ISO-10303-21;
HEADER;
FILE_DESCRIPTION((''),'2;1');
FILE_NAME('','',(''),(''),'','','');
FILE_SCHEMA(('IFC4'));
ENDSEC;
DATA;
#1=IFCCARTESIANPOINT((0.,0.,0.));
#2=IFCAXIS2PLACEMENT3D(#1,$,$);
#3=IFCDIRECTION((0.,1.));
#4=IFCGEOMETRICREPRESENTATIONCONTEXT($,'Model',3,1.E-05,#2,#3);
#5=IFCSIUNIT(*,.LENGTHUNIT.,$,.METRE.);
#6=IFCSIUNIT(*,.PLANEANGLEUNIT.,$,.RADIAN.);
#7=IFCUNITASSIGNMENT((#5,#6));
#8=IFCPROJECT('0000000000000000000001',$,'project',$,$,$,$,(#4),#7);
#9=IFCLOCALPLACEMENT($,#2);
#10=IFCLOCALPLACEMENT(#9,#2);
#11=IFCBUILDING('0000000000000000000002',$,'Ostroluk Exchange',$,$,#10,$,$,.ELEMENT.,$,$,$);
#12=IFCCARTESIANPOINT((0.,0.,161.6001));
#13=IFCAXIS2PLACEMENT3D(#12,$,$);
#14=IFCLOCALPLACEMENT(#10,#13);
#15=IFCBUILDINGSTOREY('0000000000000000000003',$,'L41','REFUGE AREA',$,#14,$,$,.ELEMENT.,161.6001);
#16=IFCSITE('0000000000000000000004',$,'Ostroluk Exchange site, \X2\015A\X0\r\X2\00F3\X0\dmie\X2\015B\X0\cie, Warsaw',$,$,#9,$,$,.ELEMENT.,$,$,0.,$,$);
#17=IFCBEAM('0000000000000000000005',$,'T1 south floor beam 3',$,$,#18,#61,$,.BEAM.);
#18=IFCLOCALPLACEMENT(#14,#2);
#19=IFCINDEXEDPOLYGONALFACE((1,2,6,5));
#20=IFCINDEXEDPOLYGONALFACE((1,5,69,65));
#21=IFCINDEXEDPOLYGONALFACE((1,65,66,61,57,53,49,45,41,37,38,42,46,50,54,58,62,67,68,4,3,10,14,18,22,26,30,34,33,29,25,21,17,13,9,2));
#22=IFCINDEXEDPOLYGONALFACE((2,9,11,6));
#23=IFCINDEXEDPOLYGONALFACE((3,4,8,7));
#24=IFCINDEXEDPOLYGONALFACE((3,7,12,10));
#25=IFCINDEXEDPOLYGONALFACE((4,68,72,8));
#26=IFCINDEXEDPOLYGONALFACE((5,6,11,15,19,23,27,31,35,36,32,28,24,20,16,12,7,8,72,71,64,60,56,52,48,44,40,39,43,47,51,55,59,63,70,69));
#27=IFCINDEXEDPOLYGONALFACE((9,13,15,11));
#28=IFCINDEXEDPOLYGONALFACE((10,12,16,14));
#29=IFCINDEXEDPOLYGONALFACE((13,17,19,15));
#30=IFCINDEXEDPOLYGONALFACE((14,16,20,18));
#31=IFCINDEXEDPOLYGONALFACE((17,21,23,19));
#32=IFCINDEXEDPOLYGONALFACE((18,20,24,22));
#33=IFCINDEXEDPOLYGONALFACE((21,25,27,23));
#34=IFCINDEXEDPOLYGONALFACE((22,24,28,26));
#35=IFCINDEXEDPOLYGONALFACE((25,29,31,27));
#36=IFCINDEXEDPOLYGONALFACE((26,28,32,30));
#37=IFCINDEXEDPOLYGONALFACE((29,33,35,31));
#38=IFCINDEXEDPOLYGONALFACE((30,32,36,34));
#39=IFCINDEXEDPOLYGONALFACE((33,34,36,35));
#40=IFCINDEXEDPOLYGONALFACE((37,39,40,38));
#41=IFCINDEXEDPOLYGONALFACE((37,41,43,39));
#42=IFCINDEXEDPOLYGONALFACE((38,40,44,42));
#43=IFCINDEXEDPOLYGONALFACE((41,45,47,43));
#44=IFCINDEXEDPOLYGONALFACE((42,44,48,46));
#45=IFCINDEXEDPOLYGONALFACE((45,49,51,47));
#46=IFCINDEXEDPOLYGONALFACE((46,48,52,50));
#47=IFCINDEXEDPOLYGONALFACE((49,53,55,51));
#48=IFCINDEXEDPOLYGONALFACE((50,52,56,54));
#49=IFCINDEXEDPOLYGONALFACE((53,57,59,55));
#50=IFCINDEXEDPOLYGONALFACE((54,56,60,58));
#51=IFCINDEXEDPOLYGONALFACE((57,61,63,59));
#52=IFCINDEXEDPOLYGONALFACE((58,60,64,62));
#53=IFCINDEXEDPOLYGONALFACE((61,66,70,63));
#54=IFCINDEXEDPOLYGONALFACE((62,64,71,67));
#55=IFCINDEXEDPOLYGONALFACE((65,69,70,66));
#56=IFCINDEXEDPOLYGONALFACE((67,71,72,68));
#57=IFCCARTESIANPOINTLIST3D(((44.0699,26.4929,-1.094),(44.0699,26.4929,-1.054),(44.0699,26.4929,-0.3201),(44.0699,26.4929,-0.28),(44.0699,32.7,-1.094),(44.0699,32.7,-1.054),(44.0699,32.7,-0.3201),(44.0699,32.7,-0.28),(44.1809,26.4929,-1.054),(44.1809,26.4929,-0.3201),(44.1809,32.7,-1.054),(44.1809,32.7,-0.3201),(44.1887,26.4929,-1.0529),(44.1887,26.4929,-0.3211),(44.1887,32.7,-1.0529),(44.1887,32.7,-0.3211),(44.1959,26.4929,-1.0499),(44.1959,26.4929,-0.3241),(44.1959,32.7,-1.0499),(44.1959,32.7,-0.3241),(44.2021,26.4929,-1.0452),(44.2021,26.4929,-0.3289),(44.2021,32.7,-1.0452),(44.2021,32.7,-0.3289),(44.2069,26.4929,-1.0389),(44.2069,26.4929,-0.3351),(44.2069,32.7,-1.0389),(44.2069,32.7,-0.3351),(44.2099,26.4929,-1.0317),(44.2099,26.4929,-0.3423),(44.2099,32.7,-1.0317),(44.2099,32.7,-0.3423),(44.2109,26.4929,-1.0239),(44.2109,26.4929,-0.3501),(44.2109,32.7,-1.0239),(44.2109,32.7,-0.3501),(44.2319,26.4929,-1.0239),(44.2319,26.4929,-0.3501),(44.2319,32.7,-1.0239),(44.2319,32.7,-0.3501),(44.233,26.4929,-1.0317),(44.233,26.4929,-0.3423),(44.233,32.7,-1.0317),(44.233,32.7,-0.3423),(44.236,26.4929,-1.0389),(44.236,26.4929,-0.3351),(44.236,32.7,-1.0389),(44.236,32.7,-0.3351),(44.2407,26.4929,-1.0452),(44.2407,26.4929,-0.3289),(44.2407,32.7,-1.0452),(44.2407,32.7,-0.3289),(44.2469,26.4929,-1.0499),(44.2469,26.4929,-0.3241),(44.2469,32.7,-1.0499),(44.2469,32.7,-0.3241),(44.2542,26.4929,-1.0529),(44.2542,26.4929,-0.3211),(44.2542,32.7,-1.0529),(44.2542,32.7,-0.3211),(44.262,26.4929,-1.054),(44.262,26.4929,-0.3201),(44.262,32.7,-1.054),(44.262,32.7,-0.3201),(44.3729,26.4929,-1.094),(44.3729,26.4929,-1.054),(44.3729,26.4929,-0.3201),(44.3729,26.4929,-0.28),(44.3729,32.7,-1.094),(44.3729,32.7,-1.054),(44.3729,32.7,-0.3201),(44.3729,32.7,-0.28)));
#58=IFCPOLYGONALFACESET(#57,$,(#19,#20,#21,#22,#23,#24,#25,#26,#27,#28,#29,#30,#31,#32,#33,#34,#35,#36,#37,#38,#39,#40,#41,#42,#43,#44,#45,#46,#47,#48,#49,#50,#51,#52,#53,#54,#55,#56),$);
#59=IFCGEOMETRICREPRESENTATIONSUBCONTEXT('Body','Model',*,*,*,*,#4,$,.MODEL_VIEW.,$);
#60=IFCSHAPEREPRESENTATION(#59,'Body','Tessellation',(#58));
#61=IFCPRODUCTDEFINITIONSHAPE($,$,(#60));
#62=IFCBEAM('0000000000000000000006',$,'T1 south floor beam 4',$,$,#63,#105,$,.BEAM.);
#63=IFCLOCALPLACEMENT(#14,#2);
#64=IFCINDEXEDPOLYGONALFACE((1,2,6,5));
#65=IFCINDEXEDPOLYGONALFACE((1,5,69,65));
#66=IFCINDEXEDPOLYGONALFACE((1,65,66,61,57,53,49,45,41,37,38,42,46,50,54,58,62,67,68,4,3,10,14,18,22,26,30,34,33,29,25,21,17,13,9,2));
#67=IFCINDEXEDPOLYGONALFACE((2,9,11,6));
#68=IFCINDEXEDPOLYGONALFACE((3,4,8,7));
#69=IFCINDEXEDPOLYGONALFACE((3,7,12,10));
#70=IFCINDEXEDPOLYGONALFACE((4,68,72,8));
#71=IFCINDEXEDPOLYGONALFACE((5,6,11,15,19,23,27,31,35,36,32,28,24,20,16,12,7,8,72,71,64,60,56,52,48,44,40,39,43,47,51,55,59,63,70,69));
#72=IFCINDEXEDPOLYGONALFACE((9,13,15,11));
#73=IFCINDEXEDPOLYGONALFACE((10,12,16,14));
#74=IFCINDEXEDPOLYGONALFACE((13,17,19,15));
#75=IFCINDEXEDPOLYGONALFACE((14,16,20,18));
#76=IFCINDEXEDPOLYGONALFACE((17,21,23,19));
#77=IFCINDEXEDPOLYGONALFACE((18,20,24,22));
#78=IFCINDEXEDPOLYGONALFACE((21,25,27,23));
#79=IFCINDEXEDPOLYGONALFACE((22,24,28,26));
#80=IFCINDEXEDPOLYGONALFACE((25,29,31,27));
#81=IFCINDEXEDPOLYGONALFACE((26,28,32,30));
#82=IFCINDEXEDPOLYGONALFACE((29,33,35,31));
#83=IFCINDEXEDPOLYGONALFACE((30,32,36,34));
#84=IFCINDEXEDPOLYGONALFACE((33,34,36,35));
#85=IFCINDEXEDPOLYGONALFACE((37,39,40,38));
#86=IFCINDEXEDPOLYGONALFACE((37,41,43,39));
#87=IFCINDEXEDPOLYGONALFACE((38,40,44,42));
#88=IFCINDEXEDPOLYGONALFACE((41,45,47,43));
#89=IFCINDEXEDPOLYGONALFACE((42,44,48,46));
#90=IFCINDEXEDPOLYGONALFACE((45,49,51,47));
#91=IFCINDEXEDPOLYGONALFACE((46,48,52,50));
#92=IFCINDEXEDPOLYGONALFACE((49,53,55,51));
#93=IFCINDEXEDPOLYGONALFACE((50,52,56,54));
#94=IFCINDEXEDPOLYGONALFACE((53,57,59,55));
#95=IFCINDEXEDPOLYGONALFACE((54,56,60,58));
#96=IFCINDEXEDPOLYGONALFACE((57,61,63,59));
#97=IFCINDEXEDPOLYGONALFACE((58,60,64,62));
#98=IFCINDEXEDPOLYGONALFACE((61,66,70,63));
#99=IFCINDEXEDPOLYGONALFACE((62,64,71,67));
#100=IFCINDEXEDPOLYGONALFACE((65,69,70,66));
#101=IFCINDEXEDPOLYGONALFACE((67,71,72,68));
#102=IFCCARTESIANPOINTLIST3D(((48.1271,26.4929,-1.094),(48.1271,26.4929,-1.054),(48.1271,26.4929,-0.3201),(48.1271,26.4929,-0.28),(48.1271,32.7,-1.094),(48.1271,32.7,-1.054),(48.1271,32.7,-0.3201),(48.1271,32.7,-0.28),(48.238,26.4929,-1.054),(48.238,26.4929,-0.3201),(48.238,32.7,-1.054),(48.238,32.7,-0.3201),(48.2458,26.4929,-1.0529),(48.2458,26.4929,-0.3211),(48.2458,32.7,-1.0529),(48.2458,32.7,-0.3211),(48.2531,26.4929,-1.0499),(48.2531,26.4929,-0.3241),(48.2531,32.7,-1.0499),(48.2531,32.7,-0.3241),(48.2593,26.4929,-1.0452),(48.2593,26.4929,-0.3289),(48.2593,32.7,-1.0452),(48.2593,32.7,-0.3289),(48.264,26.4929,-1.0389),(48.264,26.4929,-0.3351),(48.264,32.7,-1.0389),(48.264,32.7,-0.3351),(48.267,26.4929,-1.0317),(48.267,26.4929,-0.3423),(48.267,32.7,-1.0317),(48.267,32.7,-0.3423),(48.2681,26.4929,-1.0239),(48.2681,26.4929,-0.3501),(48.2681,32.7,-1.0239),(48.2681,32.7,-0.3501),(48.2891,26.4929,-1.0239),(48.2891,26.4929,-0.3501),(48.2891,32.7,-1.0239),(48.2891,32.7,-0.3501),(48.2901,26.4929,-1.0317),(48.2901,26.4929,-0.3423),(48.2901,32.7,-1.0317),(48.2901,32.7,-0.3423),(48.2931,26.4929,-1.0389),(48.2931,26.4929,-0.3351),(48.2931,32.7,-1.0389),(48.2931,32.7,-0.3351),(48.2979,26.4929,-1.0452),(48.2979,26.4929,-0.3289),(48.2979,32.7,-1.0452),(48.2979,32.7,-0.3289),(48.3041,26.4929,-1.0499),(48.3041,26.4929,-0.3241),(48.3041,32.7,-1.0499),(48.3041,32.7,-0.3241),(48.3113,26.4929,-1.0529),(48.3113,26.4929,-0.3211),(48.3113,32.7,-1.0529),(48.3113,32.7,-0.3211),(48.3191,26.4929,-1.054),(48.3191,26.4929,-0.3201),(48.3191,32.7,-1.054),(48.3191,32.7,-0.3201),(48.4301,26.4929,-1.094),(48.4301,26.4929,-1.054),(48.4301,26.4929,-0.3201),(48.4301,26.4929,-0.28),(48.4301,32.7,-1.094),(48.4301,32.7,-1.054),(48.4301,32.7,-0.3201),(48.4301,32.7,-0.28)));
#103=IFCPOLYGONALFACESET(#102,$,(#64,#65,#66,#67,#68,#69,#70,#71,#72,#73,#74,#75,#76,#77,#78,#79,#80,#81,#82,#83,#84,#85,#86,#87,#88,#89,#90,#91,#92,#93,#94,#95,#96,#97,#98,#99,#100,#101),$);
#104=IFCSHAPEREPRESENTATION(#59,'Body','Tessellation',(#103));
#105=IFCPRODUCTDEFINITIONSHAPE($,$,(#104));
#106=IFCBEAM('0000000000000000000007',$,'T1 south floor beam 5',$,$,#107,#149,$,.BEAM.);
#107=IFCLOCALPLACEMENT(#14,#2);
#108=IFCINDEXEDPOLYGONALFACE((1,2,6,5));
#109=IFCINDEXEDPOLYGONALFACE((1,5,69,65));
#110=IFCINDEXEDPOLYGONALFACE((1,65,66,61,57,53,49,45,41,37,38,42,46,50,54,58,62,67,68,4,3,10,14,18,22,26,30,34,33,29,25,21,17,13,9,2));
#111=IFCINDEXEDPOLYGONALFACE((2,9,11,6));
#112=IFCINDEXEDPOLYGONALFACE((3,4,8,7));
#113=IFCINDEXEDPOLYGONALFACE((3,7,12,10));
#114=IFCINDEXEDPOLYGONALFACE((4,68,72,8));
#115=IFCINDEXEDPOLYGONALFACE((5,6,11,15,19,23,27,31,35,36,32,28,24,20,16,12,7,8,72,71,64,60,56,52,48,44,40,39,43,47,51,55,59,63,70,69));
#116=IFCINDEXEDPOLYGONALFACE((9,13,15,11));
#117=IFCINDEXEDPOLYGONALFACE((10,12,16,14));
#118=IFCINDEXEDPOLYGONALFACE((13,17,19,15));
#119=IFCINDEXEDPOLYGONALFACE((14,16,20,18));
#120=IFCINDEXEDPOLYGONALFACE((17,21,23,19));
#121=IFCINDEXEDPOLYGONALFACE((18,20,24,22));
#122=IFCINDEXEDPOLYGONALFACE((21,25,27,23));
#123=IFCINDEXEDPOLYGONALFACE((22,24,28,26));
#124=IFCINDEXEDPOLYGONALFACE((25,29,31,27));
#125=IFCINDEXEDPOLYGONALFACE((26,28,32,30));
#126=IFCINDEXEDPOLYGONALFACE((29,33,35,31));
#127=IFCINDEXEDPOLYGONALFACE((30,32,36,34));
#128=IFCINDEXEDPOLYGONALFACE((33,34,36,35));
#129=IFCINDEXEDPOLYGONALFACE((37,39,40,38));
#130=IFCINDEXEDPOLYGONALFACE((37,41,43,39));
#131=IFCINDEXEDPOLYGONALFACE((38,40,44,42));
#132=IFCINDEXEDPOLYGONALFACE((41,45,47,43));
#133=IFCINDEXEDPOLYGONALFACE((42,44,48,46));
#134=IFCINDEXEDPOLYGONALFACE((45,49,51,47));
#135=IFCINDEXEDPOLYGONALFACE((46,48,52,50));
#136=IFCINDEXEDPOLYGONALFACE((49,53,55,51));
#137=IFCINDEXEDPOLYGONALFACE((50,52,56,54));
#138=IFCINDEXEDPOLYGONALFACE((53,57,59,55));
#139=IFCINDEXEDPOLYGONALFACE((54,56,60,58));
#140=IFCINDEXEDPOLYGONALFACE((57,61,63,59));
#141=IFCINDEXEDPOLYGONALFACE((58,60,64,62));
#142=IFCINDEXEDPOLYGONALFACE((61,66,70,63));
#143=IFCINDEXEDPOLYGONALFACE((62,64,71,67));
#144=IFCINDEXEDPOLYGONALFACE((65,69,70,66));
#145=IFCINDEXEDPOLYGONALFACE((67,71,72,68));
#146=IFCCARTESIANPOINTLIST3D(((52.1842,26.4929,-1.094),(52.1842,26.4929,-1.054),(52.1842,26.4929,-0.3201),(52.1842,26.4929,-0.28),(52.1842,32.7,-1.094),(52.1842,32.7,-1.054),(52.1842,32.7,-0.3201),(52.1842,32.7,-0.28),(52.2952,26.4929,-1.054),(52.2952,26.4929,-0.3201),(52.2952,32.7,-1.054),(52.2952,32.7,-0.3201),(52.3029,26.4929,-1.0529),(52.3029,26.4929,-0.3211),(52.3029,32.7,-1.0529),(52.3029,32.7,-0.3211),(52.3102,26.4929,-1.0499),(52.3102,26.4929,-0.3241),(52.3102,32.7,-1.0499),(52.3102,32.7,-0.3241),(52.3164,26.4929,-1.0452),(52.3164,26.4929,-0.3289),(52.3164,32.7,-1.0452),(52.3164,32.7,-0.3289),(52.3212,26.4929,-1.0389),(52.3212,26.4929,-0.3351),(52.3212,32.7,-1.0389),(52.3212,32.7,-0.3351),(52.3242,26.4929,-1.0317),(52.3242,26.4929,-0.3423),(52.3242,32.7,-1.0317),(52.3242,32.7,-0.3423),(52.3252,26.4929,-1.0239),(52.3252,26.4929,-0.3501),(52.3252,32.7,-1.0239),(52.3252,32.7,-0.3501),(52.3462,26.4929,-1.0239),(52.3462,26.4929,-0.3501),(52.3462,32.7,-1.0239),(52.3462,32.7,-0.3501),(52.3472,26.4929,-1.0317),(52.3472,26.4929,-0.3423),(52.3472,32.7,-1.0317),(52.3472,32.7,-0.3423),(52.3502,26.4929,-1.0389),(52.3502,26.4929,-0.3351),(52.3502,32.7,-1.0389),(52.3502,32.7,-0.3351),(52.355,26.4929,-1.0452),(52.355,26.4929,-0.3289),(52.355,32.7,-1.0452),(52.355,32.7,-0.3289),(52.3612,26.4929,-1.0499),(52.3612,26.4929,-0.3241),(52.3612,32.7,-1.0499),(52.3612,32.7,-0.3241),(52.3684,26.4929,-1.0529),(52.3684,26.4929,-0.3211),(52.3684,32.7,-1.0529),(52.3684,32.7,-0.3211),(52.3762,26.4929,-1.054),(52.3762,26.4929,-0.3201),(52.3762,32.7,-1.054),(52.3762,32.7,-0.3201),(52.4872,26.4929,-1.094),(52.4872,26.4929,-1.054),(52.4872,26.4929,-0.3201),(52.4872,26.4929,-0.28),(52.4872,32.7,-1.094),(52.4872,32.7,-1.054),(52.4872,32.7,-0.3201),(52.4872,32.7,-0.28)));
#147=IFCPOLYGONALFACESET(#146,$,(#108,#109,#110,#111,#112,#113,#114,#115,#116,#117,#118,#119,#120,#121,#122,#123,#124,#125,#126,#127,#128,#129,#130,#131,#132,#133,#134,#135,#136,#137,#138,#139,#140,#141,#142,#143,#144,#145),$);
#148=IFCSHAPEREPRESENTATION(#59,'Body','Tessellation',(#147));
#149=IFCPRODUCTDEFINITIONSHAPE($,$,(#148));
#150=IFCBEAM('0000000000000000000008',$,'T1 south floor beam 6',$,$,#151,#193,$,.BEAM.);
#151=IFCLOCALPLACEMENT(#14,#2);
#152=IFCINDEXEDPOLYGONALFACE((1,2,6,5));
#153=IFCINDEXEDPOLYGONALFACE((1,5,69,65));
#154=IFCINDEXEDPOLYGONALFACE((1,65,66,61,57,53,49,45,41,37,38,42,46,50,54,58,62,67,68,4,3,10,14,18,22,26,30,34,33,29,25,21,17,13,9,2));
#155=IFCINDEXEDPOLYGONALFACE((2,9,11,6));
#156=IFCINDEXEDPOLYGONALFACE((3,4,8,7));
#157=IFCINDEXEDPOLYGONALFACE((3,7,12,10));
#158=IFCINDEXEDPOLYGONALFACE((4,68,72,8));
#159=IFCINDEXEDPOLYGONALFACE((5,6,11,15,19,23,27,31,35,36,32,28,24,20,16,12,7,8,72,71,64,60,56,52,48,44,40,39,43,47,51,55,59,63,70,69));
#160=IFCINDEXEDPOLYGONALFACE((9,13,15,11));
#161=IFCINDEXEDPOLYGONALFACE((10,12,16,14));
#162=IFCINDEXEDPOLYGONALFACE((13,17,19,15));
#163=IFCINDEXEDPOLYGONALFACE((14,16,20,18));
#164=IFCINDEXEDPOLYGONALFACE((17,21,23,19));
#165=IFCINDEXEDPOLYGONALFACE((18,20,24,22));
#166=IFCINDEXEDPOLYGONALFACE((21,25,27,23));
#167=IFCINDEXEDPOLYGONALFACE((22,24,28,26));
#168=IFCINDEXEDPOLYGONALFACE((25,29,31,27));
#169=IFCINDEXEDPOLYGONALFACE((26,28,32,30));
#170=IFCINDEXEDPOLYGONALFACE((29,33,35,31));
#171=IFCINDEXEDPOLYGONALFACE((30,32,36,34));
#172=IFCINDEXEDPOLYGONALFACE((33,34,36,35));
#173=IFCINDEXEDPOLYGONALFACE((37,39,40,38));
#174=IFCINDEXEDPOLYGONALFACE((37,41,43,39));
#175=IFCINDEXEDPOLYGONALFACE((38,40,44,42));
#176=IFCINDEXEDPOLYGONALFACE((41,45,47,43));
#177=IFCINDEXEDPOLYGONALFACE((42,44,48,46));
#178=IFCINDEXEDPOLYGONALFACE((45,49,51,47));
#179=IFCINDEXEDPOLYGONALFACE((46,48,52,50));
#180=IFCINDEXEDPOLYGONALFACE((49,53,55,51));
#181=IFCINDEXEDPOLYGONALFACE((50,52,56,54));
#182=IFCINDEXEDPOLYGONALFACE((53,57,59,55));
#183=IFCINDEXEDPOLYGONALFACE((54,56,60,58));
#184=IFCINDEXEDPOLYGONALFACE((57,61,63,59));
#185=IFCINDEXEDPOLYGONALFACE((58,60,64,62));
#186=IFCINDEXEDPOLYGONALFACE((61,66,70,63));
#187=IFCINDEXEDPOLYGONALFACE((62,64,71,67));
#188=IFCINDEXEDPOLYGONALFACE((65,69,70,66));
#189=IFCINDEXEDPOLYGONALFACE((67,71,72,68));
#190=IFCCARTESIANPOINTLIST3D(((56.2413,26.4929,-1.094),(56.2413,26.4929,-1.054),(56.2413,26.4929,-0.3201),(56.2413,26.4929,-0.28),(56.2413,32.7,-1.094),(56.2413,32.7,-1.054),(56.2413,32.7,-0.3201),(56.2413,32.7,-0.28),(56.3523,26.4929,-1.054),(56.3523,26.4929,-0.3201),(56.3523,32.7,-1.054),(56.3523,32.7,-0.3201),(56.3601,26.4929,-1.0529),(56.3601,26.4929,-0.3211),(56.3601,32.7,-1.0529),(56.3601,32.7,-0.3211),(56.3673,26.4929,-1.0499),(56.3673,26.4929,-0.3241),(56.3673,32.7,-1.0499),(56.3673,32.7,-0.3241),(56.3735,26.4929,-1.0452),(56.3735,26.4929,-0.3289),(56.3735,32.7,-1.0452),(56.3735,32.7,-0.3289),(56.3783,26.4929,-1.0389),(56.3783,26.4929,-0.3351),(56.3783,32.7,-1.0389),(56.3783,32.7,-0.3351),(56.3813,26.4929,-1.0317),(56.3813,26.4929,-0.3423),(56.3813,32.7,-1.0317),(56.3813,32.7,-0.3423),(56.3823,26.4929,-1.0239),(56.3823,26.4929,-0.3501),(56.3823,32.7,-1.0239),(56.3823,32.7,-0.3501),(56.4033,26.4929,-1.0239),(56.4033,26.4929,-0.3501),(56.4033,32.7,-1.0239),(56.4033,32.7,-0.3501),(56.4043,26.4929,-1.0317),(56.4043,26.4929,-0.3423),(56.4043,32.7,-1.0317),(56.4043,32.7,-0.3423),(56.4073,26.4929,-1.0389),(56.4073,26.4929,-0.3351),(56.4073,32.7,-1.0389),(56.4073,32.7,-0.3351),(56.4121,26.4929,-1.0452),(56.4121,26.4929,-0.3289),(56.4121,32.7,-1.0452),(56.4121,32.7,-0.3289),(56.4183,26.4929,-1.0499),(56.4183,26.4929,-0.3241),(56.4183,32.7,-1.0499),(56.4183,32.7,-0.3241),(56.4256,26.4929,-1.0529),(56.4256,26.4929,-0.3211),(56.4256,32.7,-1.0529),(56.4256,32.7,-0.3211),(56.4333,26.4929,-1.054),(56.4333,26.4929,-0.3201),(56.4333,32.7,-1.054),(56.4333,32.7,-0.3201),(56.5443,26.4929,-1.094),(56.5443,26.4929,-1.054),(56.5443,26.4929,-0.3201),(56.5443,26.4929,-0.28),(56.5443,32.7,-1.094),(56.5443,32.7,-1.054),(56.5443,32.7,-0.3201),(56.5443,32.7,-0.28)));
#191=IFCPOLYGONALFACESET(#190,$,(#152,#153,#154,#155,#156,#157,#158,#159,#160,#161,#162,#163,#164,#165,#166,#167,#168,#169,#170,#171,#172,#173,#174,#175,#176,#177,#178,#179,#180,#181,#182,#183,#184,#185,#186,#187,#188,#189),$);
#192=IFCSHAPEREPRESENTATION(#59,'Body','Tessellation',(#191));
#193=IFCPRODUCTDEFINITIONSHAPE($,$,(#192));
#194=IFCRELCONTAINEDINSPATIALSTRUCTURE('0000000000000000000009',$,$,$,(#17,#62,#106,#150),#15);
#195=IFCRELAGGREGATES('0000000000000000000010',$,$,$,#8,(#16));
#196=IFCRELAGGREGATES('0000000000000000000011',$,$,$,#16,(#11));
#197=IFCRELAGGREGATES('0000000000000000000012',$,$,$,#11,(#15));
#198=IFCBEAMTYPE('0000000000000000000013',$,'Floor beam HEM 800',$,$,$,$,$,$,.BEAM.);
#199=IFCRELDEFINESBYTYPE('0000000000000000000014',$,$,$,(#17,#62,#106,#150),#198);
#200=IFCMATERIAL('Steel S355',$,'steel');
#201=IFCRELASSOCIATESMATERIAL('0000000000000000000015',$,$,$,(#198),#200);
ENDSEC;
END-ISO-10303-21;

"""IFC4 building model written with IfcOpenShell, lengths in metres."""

from ifc_helpers import new_model, si_unit, direction, frame, origin, origin_2d, place, context, subcontext, project, spatial, i_section, extrude, material, material_profile, profile_set, type_object, element, save


model = new_model("IFC4")

# Units and contexts
model_context = context("Model", 3, precision=1e-05, world=origin(), true_north=direction((0.0, 1.0)))
body_context = subcontext(model_context, "Body", "Model", "MODEL_VIEW")
ifc_project = project(units=[si_unit("LENGTHUNIT", "METRE"), si_unit("PLANEANGLEUNIT", "RADIAN")], contexts=[model_context])

# Site, building, storey
site_placement = place(None, origin())
site = spatial("IfcSite", under=ifc_project, at=site_placement, Name="Ostroluk Exchange site, Śródmieście, Warsaw", CompositionType="ELEMENT", RefElevation=0.0)
building_placement = place(site_placement, origin())
building = spatial("IfcBuilding", under=site, at=building_placement, Name="Ostroluk Exchange", CompositionType="ELEMENT")
storey_placement = place(building_placement, frame((0.0, 0.0, 161.6001)))
storey = spatial("IfcBuildingStorey", under=building, at=storey_placement, Name="L41", Description="REFUGE AREA", CompositionType="ELEMENT", Elevation=161.6001)

# Beams
ifc_material_1 = material(Name="Steel S355", Category="steel")
ifc_material_profile_1 = material_profile(ifc_material_1, i_section(OverallWidth=0.303, OverallDepth=0.814, WebThickness=0.021, FlangeThickness=0.04, FilletRadius=0.03, at=origin_2d()), Name="HEM 800")
ifc_profile_set_1 = profile_set([ifc_material_profile_1], Name="Steel S355")
beam_type_1 = type_object("IfcBeamType", Name="Floor beam HEM 800", PredefinedType="BEAM", material=ifc_profile_set_1)
for number, where, z_axis, x_axis, name in (
    (1, (44.2214, 32.7, -0.687), (0.0, -1.0, 0.0), (1.0, 0.0, 0.0), "T1 south floor beam 3"),
    (2, (48.2786, 32.7, -0.687), (0.0, -1.0, 0.0), (1.0, 0.0, 0.0), "T1 south floor beam 4"),
    (3, (52.3357, 32.7, -0.687), (0.0, -1.0, 0.0), (1.0, 0.0, 0.0), "T1 south floor beam 5"),
    (4, (56.3928, 32.7, -0.687), (0.0, -1.0, 0.0), (1.0, 0.0, 0.0), "T1 south floor beam 6"),
):
    element("IfcBeam", number, at=place(storey_placement, frame(where, z_axis=z_axis, x_axis=x_axis)), inside=storey, type_object=beam_type_1, Name=name, PredefinedType="BEAM", context=body_context, shape_type="SweptSolid", body=[
        extrude(i_section(OverallWidth=0.303, OverallDepth=0.814, WebThickness=0.021, FlangeThickness=0.04, FilletRadius=0.03, at=origin_2d()), origin(), (0.0, 0.0, 1.0), 6.207),
    ])

save(model, "model.ifc")
